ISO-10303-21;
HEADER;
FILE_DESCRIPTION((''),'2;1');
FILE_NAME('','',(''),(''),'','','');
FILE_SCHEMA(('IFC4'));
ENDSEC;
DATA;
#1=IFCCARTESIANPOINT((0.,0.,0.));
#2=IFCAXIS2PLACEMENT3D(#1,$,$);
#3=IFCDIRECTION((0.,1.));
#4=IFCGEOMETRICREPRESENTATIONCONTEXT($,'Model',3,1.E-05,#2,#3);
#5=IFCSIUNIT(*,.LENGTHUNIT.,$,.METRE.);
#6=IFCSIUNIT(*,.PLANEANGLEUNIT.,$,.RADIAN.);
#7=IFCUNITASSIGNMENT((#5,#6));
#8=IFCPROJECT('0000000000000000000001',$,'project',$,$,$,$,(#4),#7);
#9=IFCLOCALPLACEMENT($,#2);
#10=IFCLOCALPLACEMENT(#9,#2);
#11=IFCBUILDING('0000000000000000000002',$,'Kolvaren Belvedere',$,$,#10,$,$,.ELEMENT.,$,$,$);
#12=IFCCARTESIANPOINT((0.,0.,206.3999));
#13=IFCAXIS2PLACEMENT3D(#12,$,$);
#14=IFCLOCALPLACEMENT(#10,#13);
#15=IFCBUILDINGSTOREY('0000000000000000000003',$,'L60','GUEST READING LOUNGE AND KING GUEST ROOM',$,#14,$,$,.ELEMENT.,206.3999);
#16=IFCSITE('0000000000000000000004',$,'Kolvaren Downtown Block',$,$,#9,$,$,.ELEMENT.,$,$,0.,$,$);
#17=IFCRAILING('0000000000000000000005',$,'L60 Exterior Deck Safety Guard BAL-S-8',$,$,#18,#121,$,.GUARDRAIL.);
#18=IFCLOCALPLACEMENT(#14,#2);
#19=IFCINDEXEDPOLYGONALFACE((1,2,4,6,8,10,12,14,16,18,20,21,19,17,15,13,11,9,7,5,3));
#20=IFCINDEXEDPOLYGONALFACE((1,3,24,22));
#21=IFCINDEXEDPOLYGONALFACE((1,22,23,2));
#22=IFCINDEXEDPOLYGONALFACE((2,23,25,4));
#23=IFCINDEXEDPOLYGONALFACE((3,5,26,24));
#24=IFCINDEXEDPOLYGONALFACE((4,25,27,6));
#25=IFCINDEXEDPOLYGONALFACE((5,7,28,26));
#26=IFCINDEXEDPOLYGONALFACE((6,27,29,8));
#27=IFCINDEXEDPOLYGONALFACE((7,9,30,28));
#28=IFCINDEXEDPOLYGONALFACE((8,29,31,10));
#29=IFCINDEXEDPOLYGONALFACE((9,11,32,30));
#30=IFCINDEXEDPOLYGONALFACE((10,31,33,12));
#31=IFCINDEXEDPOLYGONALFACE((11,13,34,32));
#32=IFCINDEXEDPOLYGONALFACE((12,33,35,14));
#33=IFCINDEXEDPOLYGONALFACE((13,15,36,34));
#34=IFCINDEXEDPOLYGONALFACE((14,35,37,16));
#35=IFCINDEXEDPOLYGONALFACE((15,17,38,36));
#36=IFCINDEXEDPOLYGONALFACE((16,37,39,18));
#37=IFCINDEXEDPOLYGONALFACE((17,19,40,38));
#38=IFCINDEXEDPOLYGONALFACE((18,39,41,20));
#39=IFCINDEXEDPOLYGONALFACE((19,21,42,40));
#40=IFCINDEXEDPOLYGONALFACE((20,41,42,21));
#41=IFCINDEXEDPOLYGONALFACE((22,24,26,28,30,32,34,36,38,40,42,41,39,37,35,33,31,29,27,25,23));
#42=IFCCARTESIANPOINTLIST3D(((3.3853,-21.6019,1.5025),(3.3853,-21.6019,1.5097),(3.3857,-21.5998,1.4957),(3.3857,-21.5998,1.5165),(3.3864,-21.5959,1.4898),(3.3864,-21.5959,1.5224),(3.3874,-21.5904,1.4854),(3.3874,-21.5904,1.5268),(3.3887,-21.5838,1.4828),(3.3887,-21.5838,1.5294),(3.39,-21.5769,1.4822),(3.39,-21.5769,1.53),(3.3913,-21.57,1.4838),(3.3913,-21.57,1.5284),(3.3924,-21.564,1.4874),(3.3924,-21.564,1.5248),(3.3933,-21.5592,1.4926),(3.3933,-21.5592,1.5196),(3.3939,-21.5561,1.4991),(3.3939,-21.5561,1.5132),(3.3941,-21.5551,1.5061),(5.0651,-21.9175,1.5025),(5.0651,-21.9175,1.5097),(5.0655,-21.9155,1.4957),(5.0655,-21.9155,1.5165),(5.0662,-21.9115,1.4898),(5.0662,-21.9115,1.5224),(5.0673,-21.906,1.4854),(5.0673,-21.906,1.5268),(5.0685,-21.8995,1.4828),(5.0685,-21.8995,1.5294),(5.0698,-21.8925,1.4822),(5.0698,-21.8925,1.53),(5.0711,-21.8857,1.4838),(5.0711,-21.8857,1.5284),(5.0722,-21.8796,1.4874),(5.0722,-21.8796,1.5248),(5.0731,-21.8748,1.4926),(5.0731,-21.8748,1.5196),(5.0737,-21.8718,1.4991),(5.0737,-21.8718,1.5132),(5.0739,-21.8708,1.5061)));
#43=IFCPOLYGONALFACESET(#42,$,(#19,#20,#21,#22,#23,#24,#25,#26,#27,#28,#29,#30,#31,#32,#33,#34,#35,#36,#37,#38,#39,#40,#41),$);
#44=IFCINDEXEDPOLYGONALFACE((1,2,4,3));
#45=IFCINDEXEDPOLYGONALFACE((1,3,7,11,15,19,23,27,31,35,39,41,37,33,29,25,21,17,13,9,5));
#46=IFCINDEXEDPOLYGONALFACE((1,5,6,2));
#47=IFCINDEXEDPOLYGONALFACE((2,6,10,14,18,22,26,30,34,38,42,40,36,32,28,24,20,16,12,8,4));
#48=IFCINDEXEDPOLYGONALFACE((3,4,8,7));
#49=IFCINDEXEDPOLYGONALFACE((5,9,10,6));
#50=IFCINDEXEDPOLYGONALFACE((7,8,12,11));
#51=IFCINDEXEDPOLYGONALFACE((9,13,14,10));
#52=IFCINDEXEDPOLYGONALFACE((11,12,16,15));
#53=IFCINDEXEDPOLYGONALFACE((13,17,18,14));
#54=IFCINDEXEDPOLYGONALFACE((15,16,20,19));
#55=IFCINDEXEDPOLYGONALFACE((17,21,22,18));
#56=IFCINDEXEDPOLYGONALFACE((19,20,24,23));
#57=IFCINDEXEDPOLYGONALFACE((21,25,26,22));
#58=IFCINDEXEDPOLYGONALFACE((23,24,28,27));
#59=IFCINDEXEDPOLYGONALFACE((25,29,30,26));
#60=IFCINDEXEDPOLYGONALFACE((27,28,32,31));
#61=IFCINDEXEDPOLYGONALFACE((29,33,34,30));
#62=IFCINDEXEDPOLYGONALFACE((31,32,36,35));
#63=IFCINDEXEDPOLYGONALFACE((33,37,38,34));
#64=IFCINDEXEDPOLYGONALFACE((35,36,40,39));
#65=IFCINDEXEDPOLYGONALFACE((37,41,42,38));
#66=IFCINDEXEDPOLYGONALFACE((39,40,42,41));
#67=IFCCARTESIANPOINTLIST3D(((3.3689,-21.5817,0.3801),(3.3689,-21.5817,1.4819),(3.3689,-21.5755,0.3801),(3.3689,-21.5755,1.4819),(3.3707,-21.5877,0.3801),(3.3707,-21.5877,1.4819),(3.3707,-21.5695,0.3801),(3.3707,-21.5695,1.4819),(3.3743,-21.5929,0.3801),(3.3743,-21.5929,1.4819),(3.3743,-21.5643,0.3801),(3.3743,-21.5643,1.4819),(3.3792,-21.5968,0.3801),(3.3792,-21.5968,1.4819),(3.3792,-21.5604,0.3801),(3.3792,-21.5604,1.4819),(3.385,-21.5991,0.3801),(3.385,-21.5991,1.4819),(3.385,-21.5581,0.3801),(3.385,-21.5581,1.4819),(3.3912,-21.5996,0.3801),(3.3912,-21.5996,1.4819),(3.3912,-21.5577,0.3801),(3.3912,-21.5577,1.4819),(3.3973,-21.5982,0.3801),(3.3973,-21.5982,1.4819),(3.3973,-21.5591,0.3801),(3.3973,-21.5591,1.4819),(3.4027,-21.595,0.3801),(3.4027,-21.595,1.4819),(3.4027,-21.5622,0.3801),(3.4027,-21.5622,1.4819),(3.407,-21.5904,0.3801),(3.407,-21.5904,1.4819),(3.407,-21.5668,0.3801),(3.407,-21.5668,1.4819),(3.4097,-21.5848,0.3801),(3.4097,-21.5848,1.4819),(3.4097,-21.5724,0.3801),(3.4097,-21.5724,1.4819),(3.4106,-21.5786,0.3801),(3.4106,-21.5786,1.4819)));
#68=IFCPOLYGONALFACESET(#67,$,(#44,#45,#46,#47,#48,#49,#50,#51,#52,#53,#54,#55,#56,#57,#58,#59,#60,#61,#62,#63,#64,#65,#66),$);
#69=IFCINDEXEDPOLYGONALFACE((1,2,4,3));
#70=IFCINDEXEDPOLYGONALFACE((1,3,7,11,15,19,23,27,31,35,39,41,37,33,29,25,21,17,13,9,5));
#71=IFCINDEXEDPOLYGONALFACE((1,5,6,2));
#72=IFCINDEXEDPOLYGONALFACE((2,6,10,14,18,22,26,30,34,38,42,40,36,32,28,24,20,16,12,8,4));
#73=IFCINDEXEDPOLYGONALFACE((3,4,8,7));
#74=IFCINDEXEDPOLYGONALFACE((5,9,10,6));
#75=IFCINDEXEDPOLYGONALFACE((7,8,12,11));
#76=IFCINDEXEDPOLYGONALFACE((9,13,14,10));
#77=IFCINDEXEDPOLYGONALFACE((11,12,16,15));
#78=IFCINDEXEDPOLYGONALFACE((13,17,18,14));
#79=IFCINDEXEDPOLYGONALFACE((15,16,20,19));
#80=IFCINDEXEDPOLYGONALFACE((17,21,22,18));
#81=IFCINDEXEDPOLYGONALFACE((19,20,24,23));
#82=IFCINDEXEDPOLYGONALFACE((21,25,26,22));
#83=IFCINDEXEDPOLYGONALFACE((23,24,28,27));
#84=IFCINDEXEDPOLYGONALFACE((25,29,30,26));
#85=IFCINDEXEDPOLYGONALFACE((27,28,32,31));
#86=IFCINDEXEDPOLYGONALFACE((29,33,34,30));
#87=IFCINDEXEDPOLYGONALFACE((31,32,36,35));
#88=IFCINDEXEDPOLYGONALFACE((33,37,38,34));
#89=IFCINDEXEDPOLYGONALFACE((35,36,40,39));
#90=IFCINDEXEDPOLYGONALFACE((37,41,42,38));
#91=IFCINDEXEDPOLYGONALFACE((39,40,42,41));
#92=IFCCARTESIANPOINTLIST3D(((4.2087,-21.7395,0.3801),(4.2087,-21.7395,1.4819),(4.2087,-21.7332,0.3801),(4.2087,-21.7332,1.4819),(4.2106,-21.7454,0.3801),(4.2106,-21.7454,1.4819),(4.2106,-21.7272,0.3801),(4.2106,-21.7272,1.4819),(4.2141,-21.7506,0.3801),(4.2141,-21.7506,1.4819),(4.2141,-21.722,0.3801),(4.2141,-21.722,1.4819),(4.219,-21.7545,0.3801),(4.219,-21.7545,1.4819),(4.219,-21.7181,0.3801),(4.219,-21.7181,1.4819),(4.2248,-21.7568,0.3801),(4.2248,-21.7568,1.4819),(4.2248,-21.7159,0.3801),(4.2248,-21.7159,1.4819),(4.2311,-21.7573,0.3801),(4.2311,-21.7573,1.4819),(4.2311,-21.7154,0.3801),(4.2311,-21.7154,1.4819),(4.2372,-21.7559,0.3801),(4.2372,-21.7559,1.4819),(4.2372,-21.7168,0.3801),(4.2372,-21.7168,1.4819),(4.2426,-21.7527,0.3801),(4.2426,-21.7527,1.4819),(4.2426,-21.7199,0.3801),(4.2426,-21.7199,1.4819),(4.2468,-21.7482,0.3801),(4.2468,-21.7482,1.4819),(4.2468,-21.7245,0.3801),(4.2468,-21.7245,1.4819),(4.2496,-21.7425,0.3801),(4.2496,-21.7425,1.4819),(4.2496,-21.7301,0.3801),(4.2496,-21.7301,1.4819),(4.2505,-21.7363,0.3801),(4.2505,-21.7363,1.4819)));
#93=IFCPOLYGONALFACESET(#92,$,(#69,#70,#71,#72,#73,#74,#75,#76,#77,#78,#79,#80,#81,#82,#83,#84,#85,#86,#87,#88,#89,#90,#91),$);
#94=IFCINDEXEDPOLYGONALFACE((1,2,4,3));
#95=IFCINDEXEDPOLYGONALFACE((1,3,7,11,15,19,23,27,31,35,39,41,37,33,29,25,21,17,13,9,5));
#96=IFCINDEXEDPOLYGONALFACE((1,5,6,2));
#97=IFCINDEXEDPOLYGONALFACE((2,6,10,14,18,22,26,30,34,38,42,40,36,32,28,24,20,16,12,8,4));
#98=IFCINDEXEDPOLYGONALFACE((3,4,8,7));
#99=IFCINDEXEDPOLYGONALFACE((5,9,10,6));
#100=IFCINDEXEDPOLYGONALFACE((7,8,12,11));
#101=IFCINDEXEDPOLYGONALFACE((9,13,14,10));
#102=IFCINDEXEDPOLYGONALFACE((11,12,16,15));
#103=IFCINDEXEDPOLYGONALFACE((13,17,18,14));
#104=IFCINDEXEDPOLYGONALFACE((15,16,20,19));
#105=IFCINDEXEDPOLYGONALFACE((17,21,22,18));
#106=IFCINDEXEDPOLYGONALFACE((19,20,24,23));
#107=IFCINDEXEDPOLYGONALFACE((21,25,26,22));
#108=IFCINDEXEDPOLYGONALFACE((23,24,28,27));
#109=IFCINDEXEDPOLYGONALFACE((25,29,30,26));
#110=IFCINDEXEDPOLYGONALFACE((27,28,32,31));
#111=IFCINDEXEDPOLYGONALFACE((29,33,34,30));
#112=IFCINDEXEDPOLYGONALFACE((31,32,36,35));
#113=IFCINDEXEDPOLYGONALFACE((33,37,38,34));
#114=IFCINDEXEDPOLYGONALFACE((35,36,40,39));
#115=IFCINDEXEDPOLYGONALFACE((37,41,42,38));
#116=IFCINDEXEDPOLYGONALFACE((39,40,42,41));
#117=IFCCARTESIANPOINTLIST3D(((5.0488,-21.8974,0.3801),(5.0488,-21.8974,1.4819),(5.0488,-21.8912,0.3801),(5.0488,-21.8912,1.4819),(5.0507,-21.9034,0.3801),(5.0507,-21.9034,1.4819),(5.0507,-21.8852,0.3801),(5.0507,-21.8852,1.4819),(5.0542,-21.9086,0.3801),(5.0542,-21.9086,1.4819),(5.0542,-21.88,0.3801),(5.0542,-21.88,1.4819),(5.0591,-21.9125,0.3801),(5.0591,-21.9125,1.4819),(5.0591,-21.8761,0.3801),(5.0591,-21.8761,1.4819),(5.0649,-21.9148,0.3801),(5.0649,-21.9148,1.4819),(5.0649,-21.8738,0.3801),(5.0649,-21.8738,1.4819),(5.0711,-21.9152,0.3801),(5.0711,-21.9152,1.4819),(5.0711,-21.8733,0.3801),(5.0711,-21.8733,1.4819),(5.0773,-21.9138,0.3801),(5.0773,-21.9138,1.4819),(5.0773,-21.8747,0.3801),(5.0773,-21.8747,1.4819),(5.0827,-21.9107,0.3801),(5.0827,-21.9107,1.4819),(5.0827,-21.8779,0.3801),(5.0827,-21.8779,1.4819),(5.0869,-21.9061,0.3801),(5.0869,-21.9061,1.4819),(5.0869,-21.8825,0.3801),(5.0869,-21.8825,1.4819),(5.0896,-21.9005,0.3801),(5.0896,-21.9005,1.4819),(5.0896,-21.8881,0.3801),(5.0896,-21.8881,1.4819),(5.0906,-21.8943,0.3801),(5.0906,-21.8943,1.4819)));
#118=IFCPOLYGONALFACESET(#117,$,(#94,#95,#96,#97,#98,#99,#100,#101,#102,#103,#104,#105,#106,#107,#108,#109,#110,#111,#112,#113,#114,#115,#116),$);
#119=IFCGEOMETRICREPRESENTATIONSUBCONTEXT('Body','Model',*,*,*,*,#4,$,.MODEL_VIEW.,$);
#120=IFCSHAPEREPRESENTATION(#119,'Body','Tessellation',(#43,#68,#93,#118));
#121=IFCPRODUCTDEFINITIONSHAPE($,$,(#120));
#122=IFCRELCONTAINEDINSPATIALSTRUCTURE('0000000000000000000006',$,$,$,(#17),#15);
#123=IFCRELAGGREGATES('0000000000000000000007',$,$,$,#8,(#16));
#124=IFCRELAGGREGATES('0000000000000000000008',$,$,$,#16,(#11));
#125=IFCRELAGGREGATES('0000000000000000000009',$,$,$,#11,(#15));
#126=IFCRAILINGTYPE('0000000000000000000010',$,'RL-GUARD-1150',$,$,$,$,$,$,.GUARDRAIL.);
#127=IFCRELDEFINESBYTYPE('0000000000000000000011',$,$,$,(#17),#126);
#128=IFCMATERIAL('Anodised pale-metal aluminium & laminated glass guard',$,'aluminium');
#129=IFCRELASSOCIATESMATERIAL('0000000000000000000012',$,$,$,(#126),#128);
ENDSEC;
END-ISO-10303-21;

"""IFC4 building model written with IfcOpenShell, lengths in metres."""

from ifc_helpers import new_model, si_unit, direction, frame, origin, origin_2d, place, context, subcontext, project, spatial, circle, extrude, material, type_object, element, save


model = new_model("IFC4")

# Units and contexts
model_context = context("Model", 3, precision=1e-05, world=origin(), true_north=direction((0.0, 1.0)))
body_context = subcontext(model_context, "Body", "Model", "MODEL_VIEW")
ifc_project = project(units=[si_unit("LENGTHUNIT", "METRE"), si_unit("PLANEANGLEUNIT", "RADIAN")], contexts=[model_context])

# Site, building, storey
site_placement = place(None, origin())
site = spatial("IfcSite", under=ifc_project, at=site_placement, Name="Kolvaren Downtown Block", CompositionType="ELEMENT", RefElevation=0.0)
building_placement = place(site_placement, origin())
building = spatial("IfcBuilding", under=site, at=building_placement, Name="Kolvaren Belvedere", CompositionType="ELEMENT")
storey_placement = place(building_placement, frame((0.0, 0.0, 206.3999)))
storey = spatial("IfcBuildingStorey", under=building, at=storey_placement, Name="L60", Description="GUEST READING LOUNGE AND KING GUEST ROOM", CompositionType="ELEMENT", Elevation=206.3999)

# Railing
ifc_material_1 = material(Name="Anodised pale-metal aluminium & laminated glass guard", Category="aluminium")
railing_type = type_object("IfcRailingType", Name="RL-GUARD-1150", PredefinedType="GUARDRAIL", material=ifc_material_1)
railing_1_placement = place(storey_placement, frame((3.3896, -21.5786, 0.3801)))
element("IfcRailing", 1, at=railing_1_placement, inside=storey, type_object=railing_type, Name="L60 Exterior Deck Safety Guard BAL-S-8", PredefinedType="GUARDRAIL", context=body_context, shape_type="SweptSolid", body=[
    extrude(circle(Radius=0.0239, at=origin_2d()), frame((0.0, 0.0, 1.126), z_axis=(0.982799, -0.184677, 0.0), x_axis=(0.184677, 0.982799, 0.0)), (0.0, 0.0, 1.0), 1.7092),
    extrude(circle(Radius=0.021, at=origin_2d()), origin(), (0.0, 0.0, 1.0), 1.1018),
    extrude(circle(Radius=0.021, at=origin_2d()), frame((0.8398, -0.1577, 0.0)), (0.0, 0.0, 1.0), 1.1018),
    extrude(circle(Radius=0.021, at=origin_2d()), frame((1.6799, -0.3157, 0.0)), (0.0, 0.0, 1.0), 1.1018),
])

save(model, "model.ifc")
